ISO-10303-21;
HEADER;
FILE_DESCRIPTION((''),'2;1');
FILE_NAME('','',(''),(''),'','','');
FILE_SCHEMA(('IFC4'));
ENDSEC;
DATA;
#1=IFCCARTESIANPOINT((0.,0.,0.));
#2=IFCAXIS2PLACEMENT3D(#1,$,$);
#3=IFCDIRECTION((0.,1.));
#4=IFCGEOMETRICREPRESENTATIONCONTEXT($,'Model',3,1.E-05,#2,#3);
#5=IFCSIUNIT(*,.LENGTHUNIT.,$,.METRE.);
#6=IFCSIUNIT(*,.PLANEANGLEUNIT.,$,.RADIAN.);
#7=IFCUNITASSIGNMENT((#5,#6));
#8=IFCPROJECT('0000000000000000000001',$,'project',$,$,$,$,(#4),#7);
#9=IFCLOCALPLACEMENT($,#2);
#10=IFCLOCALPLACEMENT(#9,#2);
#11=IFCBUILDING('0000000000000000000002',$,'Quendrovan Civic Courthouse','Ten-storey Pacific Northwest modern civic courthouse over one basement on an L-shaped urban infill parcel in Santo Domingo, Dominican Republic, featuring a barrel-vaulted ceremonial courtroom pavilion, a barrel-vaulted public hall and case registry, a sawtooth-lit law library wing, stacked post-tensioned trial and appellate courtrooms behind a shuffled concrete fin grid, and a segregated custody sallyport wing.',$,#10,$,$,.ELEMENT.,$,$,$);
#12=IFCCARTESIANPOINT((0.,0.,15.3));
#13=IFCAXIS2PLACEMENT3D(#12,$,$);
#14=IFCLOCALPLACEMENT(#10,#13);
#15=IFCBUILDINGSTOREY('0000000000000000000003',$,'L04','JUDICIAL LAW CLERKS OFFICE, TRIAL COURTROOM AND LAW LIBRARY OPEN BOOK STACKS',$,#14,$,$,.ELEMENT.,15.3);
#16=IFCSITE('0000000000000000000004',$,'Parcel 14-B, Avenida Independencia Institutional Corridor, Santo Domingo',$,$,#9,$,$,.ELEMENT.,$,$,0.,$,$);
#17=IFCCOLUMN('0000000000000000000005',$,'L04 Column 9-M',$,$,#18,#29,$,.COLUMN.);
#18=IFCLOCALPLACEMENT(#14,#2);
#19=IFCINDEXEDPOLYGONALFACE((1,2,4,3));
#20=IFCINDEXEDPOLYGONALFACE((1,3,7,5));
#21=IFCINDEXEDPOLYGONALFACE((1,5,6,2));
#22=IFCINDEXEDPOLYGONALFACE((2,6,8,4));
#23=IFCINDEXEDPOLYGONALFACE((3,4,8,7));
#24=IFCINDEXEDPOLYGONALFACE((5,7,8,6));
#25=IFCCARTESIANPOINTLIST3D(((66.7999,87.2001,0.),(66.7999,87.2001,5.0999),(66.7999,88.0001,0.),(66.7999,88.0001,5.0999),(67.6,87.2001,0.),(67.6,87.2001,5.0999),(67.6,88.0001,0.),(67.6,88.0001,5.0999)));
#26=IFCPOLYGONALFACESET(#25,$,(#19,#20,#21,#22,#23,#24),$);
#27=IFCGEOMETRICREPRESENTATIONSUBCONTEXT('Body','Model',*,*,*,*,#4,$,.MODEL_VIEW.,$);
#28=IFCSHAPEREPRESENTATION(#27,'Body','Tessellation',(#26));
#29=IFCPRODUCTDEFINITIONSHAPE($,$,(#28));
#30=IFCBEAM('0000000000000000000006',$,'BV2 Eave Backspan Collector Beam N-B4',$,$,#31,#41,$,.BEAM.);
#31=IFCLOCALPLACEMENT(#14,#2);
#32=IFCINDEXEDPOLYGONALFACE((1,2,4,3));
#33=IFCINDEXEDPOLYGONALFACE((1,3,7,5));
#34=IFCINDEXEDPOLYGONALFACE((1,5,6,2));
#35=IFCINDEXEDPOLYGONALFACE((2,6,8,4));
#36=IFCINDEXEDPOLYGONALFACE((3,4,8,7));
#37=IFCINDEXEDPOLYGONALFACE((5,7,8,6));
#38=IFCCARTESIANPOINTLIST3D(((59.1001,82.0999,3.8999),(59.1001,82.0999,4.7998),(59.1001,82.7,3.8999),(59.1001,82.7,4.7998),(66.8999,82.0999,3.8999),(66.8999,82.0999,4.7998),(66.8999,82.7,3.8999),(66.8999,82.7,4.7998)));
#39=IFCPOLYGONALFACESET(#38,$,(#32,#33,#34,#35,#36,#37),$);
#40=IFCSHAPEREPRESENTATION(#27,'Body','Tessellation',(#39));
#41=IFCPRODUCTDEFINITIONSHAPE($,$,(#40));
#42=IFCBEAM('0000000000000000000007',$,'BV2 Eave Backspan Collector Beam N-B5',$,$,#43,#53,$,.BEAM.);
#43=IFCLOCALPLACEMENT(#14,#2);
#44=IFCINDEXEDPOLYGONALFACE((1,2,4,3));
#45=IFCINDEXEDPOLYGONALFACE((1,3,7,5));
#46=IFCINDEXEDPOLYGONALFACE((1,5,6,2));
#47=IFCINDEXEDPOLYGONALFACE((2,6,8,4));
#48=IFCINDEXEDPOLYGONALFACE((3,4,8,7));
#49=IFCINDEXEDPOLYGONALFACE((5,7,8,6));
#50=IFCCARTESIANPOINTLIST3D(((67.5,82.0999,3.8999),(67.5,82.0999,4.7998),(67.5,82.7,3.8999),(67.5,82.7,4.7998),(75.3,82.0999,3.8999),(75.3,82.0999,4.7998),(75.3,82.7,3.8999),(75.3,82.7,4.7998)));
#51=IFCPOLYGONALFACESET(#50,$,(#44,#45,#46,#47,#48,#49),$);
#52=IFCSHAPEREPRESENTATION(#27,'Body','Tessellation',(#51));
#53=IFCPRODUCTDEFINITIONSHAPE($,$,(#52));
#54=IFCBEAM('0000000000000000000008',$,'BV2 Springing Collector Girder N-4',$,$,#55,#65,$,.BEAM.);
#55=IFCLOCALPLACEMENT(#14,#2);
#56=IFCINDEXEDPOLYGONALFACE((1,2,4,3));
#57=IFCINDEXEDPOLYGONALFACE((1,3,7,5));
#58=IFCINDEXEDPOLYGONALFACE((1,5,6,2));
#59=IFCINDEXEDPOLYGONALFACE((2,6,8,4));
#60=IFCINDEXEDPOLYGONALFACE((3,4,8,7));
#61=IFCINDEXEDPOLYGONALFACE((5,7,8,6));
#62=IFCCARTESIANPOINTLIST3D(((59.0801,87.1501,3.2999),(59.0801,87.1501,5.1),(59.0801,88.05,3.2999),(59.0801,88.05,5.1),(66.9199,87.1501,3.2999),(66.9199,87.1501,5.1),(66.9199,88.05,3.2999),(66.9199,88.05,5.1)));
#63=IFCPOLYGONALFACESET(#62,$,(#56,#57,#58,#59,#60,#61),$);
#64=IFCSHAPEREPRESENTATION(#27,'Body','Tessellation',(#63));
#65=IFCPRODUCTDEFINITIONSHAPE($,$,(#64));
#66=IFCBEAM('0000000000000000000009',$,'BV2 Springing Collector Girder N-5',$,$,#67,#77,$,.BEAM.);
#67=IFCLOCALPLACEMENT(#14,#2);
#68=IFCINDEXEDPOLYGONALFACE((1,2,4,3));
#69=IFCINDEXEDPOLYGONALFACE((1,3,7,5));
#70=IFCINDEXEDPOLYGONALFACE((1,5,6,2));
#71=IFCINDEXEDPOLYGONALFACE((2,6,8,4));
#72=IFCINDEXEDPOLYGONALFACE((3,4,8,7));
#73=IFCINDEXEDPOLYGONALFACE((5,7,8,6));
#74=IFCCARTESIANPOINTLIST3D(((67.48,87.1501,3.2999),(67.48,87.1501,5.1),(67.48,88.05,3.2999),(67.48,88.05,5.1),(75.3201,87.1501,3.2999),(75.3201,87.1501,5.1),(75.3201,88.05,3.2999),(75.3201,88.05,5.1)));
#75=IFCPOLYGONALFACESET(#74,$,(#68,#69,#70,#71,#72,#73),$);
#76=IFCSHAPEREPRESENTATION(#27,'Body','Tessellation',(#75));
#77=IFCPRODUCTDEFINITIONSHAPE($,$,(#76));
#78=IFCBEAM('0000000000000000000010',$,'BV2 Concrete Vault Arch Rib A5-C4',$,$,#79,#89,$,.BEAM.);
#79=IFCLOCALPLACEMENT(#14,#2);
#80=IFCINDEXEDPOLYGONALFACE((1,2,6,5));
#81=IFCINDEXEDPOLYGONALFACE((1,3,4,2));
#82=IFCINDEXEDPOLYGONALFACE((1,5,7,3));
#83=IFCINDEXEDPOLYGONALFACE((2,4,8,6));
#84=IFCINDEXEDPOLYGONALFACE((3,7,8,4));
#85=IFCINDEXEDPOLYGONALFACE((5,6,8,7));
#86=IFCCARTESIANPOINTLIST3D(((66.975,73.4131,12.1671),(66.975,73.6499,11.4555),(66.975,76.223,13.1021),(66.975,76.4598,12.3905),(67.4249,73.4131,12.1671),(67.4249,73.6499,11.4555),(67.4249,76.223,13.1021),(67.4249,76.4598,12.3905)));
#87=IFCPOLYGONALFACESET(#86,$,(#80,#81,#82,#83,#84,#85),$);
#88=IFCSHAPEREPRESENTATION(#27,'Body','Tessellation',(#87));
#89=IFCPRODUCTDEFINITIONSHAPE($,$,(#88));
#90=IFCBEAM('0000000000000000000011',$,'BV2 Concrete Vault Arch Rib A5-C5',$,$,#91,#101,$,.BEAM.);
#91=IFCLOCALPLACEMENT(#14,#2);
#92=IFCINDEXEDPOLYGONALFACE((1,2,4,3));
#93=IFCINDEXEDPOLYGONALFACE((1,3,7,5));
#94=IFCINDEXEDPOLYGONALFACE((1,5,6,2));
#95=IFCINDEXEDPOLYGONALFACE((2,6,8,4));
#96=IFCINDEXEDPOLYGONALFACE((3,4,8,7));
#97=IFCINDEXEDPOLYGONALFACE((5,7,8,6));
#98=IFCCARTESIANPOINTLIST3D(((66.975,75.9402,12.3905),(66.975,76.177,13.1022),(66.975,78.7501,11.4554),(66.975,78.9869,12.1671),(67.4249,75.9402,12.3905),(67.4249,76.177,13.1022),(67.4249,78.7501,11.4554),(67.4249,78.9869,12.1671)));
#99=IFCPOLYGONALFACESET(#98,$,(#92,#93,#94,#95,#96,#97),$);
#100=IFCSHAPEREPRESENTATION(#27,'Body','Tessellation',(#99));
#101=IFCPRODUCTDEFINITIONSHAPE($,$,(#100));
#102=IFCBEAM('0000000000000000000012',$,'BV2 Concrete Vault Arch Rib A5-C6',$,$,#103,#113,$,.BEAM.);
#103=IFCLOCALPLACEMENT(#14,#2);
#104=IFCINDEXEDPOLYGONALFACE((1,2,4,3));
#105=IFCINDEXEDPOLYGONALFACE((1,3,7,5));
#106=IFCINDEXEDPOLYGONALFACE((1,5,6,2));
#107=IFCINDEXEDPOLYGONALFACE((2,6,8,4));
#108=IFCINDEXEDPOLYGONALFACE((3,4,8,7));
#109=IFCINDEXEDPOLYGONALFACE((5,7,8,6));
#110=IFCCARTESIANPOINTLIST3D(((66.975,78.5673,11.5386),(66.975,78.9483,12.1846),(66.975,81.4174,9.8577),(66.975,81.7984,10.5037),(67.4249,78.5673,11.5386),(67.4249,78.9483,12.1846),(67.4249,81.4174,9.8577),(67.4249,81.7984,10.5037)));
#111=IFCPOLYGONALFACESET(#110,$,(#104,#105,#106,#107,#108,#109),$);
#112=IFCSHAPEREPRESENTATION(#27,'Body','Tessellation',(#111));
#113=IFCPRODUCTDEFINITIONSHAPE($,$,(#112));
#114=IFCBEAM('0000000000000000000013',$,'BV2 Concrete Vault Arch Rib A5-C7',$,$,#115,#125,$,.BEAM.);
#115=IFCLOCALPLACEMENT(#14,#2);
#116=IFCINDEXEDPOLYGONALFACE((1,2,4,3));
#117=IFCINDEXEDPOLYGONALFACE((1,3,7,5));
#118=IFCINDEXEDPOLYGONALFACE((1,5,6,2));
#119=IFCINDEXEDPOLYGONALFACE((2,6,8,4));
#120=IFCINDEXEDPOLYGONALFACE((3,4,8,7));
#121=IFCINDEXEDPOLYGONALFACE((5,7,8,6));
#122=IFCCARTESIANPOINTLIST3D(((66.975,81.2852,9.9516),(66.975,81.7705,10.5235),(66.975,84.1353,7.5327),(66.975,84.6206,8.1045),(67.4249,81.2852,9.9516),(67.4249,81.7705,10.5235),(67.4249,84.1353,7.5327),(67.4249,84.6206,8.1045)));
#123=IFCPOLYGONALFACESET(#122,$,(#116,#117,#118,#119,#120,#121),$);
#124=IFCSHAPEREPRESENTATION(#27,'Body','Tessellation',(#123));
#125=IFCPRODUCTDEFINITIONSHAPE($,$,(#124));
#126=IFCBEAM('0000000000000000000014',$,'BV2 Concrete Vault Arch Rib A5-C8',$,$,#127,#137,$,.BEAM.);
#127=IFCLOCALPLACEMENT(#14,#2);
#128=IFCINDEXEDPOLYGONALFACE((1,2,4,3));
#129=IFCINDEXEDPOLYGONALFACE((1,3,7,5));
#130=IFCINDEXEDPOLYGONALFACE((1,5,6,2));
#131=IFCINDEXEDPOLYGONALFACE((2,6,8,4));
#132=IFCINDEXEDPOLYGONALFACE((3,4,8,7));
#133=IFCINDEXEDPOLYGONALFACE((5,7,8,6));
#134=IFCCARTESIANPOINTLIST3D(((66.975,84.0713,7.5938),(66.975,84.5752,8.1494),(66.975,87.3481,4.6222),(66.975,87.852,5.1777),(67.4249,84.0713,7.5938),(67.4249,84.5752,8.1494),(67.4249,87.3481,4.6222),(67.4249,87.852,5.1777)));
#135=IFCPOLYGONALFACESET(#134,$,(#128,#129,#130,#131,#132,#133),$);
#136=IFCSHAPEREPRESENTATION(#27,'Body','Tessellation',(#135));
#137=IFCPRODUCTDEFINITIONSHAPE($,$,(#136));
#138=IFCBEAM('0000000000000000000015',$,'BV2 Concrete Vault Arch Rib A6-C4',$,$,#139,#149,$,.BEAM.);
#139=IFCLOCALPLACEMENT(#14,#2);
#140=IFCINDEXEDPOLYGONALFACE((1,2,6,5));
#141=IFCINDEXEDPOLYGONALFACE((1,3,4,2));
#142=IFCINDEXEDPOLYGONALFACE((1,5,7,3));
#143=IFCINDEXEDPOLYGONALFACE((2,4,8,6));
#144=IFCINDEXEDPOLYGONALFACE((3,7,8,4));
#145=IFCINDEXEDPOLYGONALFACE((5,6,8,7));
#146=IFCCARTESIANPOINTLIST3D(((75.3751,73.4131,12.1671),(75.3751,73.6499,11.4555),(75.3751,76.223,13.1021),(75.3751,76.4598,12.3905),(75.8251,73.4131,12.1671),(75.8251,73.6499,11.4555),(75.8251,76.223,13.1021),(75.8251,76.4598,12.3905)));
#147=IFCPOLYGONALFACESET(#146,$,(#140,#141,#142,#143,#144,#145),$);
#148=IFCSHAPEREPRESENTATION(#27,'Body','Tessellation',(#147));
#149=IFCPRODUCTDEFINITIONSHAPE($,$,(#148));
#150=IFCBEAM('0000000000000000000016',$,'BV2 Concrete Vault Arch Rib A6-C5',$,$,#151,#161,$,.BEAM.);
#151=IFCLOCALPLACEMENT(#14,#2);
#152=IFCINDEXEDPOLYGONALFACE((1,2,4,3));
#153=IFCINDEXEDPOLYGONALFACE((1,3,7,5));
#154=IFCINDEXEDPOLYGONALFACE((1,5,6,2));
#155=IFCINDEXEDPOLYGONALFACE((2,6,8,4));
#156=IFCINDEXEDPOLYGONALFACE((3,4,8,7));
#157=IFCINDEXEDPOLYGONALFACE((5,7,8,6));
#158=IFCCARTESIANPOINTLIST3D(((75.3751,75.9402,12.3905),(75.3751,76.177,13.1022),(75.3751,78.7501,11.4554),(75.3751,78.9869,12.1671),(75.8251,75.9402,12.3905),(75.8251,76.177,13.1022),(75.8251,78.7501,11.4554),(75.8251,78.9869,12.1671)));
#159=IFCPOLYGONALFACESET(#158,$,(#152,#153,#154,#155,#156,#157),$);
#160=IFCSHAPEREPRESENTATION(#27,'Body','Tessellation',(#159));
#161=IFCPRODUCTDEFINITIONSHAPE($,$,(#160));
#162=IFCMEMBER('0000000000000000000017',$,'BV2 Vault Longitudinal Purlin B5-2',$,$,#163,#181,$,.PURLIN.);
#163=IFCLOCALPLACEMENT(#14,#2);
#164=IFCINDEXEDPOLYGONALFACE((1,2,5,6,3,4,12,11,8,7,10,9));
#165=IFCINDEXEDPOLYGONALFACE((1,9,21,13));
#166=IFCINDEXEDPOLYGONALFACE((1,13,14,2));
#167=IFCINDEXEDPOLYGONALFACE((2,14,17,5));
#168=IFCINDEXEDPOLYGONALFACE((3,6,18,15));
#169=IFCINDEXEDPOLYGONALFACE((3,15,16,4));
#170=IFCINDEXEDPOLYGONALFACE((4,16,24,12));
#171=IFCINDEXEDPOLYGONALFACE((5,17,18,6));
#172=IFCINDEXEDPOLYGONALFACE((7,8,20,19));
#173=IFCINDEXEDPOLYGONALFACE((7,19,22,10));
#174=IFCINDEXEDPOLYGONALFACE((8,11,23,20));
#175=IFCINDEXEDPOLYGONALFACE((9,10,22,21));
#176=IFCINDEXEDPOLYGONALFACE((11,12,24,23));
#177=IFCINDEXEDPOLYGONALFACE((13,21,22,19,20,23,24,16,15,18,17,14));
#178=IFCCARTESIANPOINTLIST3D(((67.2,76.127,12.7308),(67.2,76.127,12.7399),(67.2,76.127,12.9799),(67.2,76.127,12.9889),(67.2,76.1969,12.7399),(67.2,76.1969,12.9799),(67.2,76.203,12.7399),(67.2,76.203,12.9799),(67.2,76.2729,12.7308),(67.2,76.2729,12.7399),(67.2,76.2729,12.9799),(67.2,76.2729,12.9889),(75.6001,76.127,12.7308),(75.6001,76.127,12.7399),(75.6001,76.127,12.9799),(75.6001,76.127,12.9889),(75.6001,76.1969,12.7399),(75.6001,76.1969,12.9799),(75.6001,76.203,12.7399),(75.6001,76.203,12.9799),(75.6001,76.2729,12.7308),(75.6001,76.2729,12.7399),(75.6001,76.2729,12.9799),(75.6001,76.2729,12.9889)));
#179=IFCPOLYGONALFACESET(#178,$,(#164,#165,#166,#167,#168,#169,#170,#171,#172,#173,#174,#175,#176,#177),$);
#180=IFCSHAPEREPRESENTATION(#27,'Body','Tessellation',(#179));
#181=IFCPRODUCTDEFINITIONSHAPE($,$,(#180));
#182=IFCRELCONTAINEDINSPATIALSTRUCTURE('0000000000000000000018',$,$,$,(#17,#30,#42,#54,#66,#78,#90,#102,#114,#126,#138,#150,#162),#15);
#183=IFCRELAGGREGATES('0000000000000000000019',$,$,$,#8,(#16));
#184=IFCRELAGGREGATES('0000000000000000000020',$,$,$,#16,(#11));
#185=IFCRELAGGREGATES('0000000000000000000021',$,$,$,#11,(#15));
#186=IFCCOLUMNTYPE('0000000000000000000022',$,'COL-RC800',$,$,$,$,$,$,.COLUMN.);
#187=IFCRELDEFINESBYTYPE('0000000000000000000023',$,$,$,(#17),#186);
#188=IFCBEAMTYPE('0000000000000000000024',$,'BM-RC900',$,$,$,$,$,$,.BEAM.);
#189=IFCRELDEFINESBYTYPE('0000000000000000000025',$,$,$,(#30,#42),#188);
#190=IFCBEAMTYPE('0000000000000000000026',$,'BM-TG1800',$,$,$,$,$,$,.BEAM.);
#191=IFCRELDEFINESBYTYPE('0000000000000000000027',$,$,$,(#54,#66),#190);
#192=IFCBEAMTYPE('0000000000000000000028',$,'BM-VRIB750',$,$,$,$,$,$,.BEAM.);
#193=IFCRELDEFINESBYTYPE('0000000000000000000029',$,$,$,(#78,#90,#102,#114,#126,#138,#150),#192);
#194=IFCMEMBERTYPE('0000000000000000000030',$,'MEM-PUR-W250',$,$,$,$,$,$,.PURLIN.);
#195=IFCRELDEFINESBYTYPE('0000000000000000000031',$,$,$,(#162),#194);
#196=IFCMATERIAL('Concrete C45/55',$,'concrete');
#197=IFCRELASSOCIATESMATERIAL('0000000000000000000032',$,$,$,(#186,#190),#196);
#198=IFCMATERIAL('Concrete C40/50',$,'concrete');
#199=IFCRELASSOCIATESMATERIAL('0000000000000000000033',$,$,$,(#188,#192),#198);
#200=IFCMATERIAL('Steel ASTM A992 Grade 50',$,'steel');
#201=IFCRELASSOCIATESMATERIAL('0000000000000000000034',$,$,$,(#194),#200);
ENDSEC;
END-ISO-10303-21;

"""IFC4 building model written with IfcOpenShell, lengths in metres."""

from ifc_helpers import new_model, si_unit, direction, frame, origin, origin_2d, place, context, subcontext, project, spatial, rectangle, i_section, extrude, material, material_profile, profile_set, type_object, element, save


model = new_model("IFC4")

# Units and contexts
model_context = context("Model", 3, precision=1e-05, world=origin(), true_north=direction((0.0, 1.0)))
body_context = subcontext(model_context, "Body", "Model", "MODEL_VIEW")
ifc_project = project(units=[si_unit("LENGTHUNIT", "METRE"), si_unit("PLANEANGLEUNIT", "RADIAN")], contexts=[model_context])

# Site, building, storey
site_placement = place(None, origin())
site = spatial("IfcSite", under=ifc_project, at=site_placement, Name="Parcel 14-B, Avenida Independencia Institutional Corridor, Santo Domingo", CompositionType="ELEMENT", RefElevation=0.0)
building_placement = place(site_placement, origin())
building = spatial("IfcBuilding", under=site, at=building_placement, Name="Quendrovan Civic Courthouse", Description="Ten-storey Pacific Northwest modern civic courthouse over one basement on an L-shaped urban infill parcel in Santo Domingo, Dominican Republic, featuring a barrel-vaulted ceremonial courtroom pavilion, a barrel-vaulted public hall and case registry, a sawtooth-lit law library wing, stacked post-tensioned trial and appellate courtrooms behind a shuffled concrete fin grid, and a segregated custody sallyport wing.", CompositionType="ELEMENT")
storey_placement = place(building_placement, frame((0.0, 0.0, 15.3)))
storey = spatial("IfcBuildingStorey", under=building, at=storey_placement, Name="L04", Description="JUDICIAL LAW CLERKS OFFICE, TRIAL COURTROOM AND LAW LIBRARY OPEN BOOK STACKS", CompositionType="ELEMENT", Elevation=15.3)

# Column
ifc_material_1 = material(Name="Concrete C45/55", Category="concrete")
ifc_material_profile_1 = material_profile(ifc_material_1, rectangle(XDim=0.8, YDim=0.8, at=origin_2d()), Name="RC-COL-800x800")
ifc_profile_set_1 = profile_set([ifc_material_profile_1], Name="Concrete C45/55")
column_type = type_object("IfcColumnType", Name="COL-RC800", PredefinedType="COLUMN", material=ifc_profile_set_1)
column_placement = place(storey_placement, frame((67.2, 87.6001, 0.0), z_axis=(0.0, 0.0, 1.0), x_axis=(1.0, 0.0, 0.0)))
element("IfcColumn", 1, at=column_placement, inside=storey, type_object=column_type, Name="L04 Column 9-M", PredefinedType="COLUMN", context=body_context, shape_type="SweptSolid", body=[
    extrude(rectangle(XDim=0.8, YDim=0.8, at=origin_2d()), origin(), (0.0, 0.0, 1.0), 5.0999),
])

# Beams
ifc_material_2 = material(Name="Concrete C40/50", Category="concrete")
ifc_material_profile_2 = material_profile(ifc_material_2, rectangle(XDim=0.6001, YDim=0.8999, at=origin_2d()), Name="RC-BM-600x900")
ifc_profile_set_2 = profile_set([ifc_material_profile_2], Name="Concrete C40/50")
beam_type_1 = type_object("IfcBeamType", Name="BM-RC900", PredefinedType="BEAM", material=ifc_profile_set_2)
beam_1_placement = place(storey_placement, frame((59.1001, 82.3999, 4.3499), z_axis=(1.0, 0.0, 0.0), x_axis=(0.0, 1.0, 0.0)))
element("IfcBeam", 2, at=beam_1_placement, inside=storey, type_object=beam_type_1, Name="BV2 Eave Backspan Collector Beam N-B4", PredefinedType="BEAM", context=body_context, shape_type="SweptSolid", body=[
    extrude(rectangle(XDim=0.6001, YDim=0.8999, at=origin_2d()), origin(), (0.0, 0.0, 1.0), 7.7998),
])
beam_2_placement = place(storey_placement, frame((67.5, 82.3999, 4.3499), z_axis=(1.0, 0.0, 0.0), x_axis=(0.0, 1.0, 0.0)))
element("IfcBeam", 3, at=beam_2_placement, inside=storey, type_object=beam_type_1, Name="BV2 Eave Backspan Collector Beam N-B5", PredefinedType="BEAM", context=body_context, shape_type="SweptSolid", body=[
    extrude(rectangle(XDim=0.6001, YDim=0.8999, at=origin_2d()), origin(), (0.0, 0.0, 1.0), 7.8),
])
ifc_material_profile_3 = material_profile(ifc_material_1, rectangle(XDim=0.8999, YDim=1.8, at=origin_2d()), Name="RC-TG-900x1800")
ifc_profile_set_3 = profile_set([ifc_material_profile_3], Name="Concrete C45/55")
beam_type_2 = type_object("IfcBeamType", Name="BM-TG1800", PredefinedType="BEAM", material=ifc_profile_set_3)
beam_3_placement = place(storey_placement, frame((59.0801, 87.6001, 4.2), z_axis=(1.0, 0.0, 0.0), x_axis=(0.0, 1.0, 0.0)))
element("IfcBeam", 4, at=beam_3_placement, inside=storey, type_object=beam_type_2, Name="BV2 Springing Collector Girder N-4", PredefinedType="BEAM", context=body_context, shape_type="SweptSolid", body=[
    extrude(rectangle(XDim=0.8999, YDim=1.8, at=origin_2d()), origin(), (0.0, 0.0, 1.0), 7.8398),
])
beam_4_placement = place(storey_placement, frame((67.48, 87.6001, 4.2), z_axis=(1.0, 0.0, 0.0), x_axis=(0.0, 1.0, 0.0)))
element("IfcBeam", 5, at=beam_4_placement, inside=storey, type_object=beam_type_2, Name="BV2 Springing Collector Girder N-5", PredefinedType="BEAM", context=body_context, shape_type="SweptSolid", body=[
    extrude(rectangle(XDim=0.8999, YDim=1.8, at=origin_2d()), origin(), (0.0, 0.0, 1.0), 7.8401),
])
ifc_material_profile_4 = material_profile(ifc_material_2, rectangle(XDim=0.45, YDim=0.75, at=origin_2d()), Name="RC-VRIB-450x750")
ifc_profile_set_4 = profile_set([ifc_material_profile_4], Name="Concrete C40/50")
beam_type_3 = type_object("IfcBeamType", Name="BM-VRIB750", PredefinedType="BEAM", material=ifc_profile_set_4)
for number, where, z_axis, x_axis, name in (
    (6, (67.2, 73.5315, 11.8113), (0.0, 0.948848, 0.315733), (-1.0, 0.0, 0.0), "BV2 Concrete Vault Arch Rib A5-C4"),
    (7, (67.2, 76.0586, 12.7463), (0.0, 0.94884, -0.315758), (-1.0, 0.0, 0.0), "BV2 Concrete Vault Arch Rib A5-C5"),
):
    element("IfcBeam", number, at=place(storey_placement, frame(where, z_axis=z_axis, x_axis=x_axis)), inside=storey, type_object=beam_type_3, Name=name, PredefinedType="BEAM", context=body_context, shape_type="SweptSolid", body=[
        extrude(rectangle(XDim=0.45, YDim=0.75, at=origin_2d()), origin(), (0.0, 0.0, 1.0), 2.9614),
    ])
beam_5_placement = place(storey_placement, frame((67.2, 78.7578, 11.8616), z_axis=(0.0, 0.861355, -0.508003), x_axis=(-1.0, 0.0, 0.0)))
element("IfcBeam", 8, at=beam_5_placement, inside=storey, type_object=beam_type_3, Name="BV2 Concrete Vault Arch Rib A5-C6", PredefinedType="BEAM", context=body_context, shape_type="SweptSolid", body=[
    extrude(rectangle(XDim=0.45, YDim=0.75, at=origin_2d()), origin(), (0.0, 0.0, 1.0), 3.3088),
])
beam_6_placement = place(storey_placement, frame((67.2, 81.5278, 10.2375), z_axis=(0.0, 0.762419, -0.647083), x_axis=(-1.0, 0.0, 0.0)))
element("IfcBeam", 9, at=beam_6_placement, inside=storey, type_object=beam_type_3, Name="BV2 Concrete Vault Arch Rib A5-C7", PredefinedType="BEAM", context=body_context, shape_type="SweptSolid", body=[
    extrude(rectangle(XDim=0.45, YDim=0.75, at=origin_2d()), origin(), (0.0, 0.0, 1.0), 3.7383),
])
beam_7_placement = place(storey_placement, frame((67.2, 84.3232, 7.8716), z_axis=(0.0, 0.740759, -0.671771), x_axis=(-1.0, 0.0, 0.0)))
element("IfcBeam", 10, at=beam_7_placement, inside=storey, type_object=beam_type_3, Name="BV2 Concrete Vault Arch Rib A5-C8", PredefinedType="BEAM", context=body_context, shape_type="SweptSolid", body=[
    extrude(rectangle(XDim=0.45, YDim=0.75, at=origin_2d()), origin(), (0.0, 0.0, 1.0), 4.4236),
])
for number, where, z_axis, x_axis, name in (
    (11, (75.6001, 73.5315, 11.8113), (0.0, 0.948848, 0.315733), (-1.0, 0.0, 0.0), "BV2 Concrete Vault Arch Rib A6-C4"),
    (12, (75.6001, 76.0586, 12.7463), (0.0, 0.94884, -0.315758), (-1.0, 0.0, 0.0), "BV2 Concrete Vault Arch Rib A6-C5"),
):
    element("IfcBeam", number, at=place(storey_placement, frame(where, z_axis=z_axis, x_axis=x_axis)), inside=storey, type_object=beam_type_3, Name=name, PredefinedType="BEAM", context=body_context, shape_type="SweptSolid", body=[
        extrude(rectangle(XDim=0.45, YDim=0.75, at=origin_2d()), origin(), (0.0, 0.0, 1.0), 2.9614),
    ])

# Member
ifc_material_3 = material(Name="Steel ASTM A992 Grade 50", Category="steel")
ifc_material_profile_5 = material_profile(ifc_material_3, i_section(OverallWidth=0.146, OverallDepth=0.2581, WebThickness=0.0061, FlangeThickness=0.009, at=origin_2d()), Name="W250x33")
ifc_profile_set_5 = profile_set([ifc_material_profile_5], Name="Steel ASTM A992 Grade 50")
member_type = type_object("IfcMemberType", Name="MEM-PUR-W250", PredefinedType="PURLIN", material=ifc_profile_set_5)
for number, where, z_axis, x_axis, name in (
    (13, (67.2, 76.2, 12.8599), (1.0, 0.0, 0.0), (0.0, 1.0, 0.0), "BV2 Vault Longitudinal Purlin B5-2"),
):
    element("IfcMember", number, at=place(storey_placement, frame(where, z_axis=z_axis, x_axis=x_axis)), inside=storey, type_object=member_type, Name=name, PredefinedType="PURLIN", context=body_context, shape_type="SweptSolid", body=[
        extrude(i_section(OverallWidth=0.146, OverallDepth=0.2581, WebThickness=0.0061, FlangeThickness=0.009, at=origin_2d()), origin(), (0.0, 0.0, 1.0), 8.4001),
    ])

save(model, "model.ifc")
